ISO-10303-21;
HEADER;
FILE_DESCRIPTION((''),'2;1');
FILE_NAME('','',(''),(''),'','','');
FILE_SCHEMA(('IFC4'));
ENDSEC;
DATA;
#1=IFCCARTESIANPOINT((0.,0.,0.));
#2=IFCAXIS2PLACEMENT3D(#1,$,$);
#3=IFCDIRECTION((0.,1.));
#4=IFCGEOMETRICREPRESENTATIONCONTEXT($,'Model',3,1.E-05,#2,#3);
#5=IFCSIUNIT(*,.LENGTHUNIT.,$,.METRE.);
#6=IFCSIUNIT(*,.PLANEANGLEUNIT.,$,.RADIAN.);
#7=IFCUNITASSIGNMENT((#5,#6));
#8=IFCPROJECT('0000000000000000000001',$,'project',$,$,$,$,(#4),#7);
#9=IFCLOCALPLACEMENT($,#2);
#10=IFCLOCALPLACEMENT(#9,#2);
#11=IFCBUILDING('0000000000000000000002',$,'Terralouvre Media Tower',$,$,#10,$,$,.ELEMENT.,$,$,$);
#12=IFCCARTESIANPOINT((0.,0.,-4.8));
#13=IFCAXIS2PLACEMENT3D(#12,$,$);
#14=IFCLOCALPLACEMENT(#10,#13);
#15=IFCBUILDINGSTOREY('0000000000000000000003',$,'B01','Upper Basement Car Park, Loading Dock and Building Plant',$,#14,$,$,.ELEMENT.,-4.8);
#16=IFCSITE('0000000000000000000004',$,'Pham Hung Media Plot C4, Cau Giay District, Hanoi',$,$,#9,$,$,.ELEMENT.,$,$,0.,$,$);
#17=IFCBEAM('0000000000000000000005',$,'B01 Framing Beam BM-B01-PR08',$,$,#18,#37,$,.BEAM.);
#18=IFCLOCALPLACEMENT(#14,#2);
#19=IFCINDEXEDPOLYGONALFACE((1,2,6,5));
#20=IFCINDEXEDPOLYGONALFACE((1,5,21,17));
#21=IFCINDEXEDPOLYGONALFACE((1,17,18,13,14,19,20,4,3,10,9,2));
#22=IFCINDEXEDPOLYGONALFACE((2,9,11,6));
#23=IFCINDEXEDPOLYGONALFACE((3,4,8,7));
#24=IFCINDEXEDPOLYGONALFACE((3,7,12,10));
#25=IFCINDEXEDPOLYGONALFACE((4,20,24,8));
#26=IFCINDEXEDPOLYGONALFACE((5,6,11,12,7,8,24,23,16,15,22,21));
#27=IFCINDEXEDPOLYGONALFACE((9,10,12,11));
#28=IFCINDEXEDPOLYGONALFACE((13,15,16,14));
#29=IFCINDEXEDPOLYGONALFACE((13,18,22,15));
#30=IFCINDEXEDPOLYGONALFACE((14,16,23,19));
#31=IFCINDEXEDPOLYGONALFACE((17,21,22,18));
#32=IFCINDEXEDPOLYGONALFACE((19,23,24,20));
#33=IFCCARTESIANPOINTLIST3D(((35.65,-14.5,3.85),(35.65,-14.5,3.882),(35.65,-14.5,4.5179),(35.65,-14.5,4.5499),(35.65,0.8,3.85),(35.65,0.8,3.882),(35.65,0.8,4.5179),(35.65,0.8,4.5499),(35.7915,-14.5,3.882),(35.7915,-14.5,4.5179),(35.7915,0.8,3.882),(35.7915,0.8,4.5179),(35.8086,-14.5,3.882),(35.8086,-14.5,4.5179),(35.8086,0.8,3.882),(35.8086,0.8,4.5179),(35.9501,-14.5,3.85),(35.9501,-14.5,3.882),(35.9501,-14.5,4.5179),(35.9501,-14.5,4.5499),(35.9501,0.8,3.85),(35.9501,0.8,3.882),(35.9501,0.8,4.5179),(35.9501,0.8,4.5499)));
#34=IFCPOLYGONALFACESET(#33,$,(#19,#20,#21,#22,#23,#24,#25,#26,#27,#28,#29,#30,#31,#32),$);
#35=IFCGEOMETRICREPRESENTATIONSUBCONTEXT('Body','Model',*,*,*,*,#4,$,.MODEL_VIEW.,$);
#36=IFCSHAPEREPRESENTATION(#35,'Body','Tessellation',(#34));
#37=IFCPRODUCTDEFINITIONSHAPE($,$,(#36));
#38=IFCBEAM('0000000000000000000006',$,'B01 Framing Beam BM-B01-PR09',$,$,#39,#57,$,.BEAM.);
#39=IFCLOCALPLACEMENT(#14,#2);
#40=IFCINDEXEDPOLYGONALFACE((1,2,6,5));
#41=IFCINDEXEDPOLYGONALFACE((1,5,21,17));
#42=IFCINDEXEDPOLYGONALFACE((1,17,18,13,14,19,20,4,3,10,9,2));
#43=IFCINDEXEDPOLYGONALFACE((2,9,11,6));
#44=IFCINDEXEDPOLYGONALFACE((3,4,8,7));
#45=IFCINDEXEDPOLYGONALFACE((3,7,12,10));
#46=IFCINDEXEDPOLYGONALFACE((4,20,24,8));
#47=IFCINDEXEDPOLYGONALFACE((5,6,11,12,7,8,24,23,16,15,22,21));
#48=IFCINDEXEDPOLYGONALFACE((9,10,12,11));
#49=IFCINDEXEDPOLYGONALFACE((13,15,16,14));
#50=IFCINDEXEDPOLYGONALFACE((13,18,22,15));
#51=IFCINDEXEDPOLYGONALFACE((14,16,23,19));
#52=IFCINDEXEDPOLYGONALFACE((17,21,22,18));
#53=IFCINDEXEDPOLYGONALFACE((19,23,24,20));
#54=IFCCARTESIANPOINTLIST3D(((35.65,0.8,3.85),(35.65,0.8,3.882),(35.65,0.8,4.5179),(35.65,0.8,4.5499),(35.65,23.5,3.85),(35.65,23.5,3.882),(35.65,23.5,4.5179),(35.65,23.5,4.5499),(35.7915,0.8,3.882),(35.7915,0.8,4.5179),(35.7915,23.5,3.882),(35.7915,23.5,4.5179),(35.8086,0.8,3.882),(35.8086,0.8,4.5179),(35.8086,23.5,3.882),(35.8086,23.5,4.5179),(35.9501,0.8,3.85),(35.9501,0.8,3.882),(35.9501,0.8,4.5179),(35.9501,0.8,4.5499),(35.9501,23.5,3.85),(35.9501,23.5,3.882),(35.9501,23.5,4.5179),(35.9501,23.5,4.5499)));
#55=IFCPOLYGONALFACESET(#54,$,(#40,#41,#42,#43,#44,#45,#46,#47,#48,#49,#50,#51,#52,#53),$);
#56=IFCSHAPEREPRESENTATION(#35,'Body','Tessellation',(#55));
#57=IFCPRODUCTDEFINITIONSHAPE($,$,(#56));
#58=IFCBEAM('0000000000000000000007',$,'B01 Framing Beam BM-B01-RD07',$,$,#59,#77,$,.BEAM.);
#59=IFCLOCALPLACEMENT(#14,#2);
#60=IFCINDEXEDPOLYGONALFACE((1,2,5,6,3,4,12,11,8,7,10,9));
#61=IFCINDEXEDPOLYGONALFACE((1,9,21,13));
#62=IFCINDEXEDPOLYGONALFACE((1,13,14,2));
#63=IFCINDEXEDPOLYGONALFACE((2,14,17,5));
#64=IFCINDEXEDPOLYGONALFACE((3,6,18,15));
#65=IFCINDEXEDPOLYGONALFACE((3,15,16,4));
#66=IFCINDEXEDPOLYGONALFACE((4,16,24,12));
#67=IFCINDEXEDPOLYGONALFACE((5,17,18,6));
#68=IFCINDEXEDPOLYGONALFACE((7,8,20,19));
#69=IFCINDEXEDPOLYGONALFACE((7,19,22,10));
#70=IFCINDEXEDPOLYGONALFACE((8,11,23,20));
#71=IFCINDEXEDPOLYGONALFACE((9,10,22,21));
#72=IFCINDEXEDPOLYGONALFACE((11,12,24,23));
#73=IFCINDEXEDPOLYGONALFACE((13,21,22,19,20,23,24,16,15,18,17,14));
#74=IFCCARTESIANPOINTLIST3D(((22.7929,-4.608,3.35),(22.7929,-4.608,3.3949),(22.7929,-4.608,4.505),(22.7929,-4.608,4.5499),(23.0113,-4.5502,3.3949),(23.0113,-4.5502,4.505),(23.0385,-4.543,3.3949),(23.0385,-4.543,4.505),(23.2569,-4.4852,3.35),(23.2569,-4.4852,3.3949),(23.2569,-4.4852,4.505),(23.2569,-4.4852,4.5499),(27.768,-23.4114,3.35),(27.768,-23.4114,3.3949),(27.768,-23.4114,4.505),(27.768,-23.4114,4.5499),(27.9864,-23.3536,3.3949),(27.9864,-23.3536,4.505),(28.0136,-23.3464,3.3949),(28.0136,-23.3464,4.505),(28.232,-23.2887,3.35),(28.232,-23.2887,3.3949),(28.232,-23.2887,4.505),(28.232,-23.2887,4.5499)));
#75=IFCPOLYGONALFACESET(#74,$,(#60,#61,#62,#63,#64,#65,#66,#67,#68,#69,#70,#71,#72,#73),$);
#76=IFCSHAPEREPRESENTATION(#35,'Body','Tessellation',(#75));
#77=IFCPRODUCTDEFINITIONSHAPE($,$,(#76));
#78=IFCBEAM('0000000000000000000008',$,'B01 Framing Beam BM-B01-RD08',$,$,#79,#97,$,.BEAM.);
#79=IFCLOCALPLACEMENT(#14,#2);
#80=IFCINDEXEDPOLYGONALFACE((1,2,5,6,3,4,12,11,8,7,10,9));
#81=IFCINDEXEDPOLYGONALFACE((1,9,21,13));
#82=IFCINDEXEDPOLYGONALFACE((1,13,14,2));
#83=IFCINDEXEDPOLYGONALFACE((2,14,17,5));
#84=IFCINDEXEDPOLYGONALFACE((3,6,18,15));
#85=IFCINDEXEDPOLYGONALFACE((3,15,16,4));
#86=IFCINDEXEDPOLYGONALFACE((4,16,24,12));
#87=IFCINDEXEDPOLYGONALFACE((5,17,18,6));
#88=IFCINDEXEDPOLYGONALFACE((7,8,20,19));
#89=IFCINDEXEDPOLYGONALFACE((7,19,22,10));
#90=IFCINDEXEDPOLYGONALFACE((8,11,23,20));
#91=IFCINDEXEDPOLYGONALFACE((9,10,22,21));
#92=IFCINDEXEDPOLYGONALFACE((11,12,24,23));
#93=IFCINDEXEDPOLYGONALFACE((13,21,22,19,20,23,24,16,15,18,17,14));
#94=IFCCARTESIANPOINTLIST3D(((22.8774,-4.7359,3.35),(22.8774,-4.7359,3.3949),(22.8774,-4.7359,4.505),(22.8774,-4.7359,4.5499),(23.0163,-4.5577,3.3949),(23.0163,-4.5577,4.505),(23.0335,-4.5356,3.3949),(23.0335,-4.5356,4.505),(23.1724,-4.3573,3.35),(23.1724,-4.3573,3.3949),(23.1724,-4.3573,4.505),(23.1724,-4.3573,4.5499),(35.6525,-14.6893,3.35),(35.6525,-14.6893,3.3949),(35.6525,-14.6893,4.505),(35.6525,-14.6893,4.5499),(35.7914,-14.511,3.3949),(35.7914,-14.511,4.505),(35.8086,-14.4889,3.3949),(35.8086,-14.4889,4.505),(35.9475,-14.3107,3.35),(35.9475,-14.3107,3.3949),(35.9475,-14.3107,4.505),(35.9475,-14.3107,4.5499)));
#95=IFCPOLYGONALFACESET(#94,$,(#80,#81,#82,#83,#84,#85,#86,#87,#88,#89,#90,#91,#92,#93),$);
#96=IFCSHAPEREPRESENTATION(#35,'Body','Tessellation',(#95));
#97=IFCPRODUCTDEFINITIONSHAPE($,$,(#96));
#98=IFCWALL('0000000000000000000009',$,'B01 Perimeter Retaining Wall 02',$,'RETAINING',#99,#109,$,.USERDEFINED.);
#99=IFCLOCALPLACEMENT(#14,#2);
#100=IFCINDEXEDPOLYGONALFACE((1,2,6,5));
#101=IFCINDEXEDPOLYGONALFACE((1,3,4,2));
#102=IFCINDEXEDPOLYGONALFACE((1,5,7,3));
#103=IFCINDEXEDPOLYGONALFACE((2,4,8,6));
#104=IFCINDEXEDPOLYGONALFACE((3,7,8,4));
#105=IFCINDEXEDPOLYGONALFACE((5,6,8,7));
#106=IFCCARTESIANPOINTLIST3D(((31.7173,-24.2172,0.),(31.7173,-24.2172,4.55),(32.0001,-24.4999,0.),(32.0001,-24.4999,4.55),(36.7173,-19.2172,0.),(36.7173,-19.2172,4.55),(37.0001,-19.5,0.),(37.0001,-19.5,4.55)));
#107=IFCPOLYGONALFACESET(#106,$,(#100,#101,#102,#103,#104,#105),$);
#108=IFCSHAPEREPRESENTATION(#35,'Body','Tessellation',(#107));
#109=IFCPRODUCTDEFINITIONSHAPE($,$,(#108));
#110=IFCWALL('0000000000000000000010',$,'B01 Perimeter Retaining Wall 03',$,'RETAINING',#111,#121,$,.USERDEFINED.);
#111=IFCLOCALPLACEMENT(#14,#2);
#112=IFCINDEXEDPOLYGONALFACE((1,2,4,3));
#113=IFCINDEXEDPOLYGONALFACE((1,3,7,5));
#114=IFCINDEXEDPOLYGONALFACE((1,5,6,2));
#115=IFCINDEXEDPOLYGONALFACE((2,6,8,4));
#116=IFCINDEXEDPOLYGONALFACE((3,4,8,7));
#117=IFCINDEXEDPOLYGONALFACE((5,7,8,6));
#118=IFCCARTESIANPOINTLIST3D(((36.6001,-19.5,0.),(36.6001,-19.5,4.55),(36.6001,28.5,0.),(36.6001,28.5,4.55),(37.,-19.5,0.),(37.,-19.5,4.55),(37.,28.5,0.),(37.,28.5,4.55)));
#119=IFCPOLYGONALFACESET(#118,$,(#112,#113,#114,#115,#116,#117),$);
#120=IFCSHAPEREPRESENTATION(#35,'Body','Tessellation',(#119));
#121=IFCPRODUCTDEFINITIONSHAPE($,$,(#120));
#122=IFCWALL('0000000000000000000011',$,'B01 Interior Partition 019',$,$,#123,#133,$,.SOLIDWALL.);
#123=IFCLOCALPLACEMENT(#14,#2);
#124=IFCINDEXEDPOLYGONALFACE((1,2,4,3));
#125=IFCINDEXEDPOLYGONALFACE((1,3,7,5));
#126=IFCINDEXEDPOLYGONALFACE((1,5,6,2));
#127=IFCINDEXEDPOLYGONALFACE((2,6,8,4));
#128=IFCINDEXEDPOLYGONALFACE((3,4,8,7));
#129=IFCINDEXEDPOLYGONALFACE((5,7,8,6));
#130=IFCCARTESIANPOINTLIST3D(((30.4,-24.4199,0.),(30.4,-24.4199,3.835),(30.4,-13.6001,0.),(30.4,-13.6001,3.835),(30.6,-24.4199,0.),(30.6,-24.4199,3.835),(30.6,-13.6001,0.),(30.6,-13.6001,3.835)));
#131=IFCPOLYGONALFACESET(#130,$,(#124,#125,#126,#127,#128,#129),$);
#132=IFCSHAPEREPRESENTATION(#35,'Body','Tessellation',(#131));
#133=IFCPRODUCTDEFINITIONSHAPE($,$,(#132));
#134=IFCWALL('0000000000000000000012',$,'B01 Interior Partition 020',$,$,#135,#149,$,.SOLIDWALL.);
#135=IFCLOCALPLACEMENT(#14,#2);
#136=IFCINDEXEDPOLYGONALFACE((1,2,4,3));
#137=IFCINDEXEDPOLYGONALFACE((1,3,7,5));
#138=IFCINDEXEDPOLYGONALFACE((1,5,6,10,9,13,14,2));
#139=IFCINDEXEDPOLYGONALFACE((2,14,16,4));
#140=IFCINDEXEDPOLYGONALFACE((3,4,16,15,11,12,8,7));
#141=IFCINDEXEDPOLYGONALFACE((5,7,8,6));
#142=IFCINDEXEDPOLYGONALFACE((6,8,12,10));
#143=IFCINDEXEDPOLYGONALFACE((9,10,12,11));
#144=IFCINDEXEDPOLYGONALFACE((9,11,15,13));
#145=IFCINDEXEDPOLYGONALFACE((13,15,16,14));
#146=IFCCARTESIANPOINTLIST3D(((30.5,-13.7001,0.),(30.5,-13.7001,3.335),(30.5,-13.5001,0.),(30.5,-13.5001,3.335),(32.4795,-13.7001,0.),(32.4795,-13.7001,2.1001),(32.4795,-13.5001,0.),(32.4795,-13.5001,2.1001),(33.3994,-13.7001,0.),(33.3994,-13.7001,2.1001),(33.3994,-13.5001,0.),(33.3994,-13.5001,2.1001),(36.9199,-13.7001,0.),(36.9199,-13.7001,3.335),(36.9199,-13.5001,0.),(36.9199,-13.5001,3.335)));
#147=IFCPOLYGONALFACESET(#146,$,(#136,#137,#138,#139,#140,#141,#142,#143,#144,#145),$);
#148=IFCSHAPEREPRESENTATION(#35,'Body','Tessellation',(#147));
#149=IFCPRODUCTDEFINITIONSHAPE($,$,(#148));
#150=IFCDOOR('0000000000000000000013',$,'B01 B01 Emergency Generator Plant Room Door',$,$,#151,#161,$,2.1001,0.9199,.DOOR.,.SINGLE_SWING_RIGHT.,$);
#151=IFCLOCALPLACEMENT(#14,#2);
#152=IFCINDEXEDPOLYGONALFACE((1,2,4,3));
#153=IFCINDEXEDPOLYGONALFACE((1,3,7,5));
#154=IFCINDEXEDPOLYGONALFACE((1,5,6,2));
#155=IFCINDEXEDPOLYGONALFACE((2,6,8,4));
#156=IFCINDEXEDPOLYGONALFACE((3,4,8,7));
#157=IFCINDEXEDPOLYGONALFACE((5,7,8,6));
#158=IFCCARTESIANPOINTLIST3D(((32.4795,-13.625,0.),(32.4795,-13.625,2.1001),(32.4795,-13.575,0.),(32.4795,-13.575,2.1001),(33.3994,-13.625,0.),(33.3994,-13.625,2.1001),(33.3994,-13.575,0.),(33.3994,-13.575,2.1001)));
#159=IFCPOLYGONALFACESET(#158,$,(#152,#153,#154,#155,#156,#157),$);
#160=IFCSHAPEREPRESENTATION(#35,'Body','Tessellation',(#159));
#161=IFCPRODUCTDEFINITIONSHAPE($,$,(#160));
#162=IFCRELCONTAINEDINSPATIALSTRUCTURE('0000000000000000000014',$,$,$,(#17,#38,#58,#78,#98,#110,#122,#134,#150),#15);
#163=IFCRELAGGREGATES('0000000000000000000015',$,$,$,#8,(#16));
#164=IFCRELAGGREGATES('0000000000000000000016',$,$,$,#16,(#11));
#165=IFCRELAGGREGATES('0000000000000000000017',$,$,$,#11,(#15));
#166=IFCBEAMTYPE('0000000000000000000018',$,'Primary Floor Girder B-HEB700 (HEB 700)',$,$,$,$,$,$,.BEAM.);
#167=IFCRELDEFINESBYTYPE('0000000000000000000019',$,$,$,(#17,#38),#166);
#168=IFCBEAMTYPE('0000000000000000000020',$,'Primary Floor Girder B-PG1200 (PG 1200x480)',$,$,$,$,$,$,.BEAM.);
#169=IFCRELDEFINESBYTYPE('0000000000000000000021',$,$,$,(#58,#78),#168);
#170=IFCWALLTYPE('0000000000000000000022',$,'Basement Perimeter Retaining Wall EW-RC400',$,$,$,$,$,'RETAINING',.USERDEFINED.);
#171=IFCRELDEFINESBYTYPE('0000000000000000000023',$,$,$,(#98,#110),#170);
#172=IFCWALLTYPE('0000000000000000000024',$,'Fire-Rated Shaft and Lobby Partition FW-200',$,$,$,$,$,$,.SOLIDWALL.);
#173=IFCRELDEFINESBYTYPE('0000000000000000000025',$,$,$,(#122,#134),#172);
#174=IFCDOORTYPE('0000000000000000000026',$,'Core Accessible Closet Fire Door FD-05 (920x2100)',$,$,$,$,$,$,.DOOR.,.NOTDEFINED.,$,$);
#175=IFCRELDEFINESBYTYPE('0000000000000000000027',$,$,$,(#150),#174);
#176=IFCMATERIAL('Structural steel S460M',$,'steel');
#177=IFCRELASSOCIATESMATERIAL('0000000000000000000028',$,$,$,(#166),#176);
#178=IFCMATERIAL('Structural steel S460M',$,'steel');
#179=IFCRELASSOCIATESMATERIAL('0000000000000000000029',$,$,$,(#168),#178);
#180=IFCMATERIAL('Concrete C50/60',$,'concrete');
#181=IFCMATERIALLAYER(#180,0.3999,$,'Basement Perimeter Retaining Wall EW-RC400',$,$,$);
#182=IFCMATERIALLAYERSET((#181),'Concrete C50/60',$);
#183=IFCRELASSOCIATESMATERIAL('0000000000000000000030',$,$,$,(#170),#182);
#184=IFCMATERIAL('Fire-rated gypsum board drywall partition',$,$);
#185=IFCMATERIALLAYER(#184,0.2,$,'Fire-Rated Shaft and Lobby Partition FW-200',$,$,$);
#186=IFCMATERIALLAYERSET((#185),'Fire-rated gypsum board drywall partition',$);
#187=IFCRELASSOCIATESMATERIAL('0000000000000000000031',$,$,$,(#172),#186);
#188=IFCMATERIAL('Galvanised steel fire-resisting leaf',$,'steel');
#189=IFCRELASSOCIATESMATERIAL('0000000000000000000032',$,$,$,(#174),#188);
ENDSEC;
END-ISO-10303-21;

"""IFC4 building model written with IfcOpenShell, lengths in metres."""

from ifc_helpers import new_model, si_unit, direction, frame, frame_2d, origin, origin_2d, place, context, subcontext, project, spatial, rectangle, i_section, extrude, material, layer, layer_set, material_profile, profile_set, type_object, element, fill, save


model = new_model("IFC4")

# Units and contexts
model_context = context("Model", 3, precision=1e-05, world=origin(), true_north=direction((0.0, 1.0)))
body_context = subcontext(model_context, "Body", "Model", "MODEL_VIEW")
ifc_project = project(units=[si_unit("LENGTHUNIT", "METRE"), si_unit("PLANEANGLEUNIT", "RADIAN")], contexts=[model_context])

# Site, building, storey
site_placement = place(None, origin())
site = spatial("IfcSite", under=ifc_project, at=site_placement, Name="Pham Hung Media Plot C4, Cau Giay District, Hanoi", CompositionType="ELEMENT", RefElevation=0.0)
building_placement = place(site_placement, origin())
building = spatial("IfcBuilding", under=site, at=building_placement, Name="Terralouvre Media Tower", CompositionType="ELEMENT")
storey_placement = place(building_placement, frame((0.0, 0.0, -4.8)))
storey = spatial("IfcBuildingStorey", under=building, at=storey_placement, Name="B01", Description="Upper Basement Car Park, Loading Dock and Building Plant", CompositionType="ELEMENT", Elevation=-4.8)

# Beams
ifc_material_1 = material(Name="Structural steel S460M", Category="steel")
ifc_material_profile_1 = material_profile(ifc_material_1, i_section(OverallWidth=0.3, OverallDepth=0.7, WebThickness=0.0171, FlangeThickness=0.032, at=origin_2d()), Name="HEB 700")
ifc_profile_set_1 = profile_set([ifc_material_profile_1], Name="Structural steel S460M")
beam_type_1 = type_object("IfcBeamType", Name="Primary Floor Girder B-HEB700 (HEB 700)", PredefinedType="BEAM", material=ifc_profile_set_1)
beam_1_placement = place(storey_placement, frame((35.8, -14.5, 4.2), z_axis=(0.0, 1.0, 0.0), x_axis=(-1.0, 0.0, 0.0)))
element("IfcBeam", 1, at=beam_1_placement, inside=storey, type_object=beam_type_1, Name="B01 Framing Beam BM-B01-PR08", PredefinedType="BEAM", context=body_context, shape_type="SweptSolid", body=[
    extrude(i_section(OverallWidth=0.3, OverallDepth=0.7, WebThickness=0.0171, FlangeThickness=0.032, at=origin_2d()), origin(), (0.0, 0.0, 1.0), 15.3),
])
beam_2_placement = place(storey_placement, frame((35.8, 0.8, 4.2), z_axis=(0.0, 1.0, 0.0), x_axis=(-1.0, 0.0, 0.0)))
element("IfcBeam", 2, at=beam_2_placement, inside=storey, type_object=beam_type_1, Name="B01 Framing Beam BM-B01-PR09", PredefinedType="BEAM", context=body_context, shape_type="SweptSolid", body=[
    extrude(i_section(OverallWidth=0.3, OverallDepth=0.7, WebThickness=0.0171, FlangeThickness=0.032, at=origin_2d()), origin(), (0.0, 0.0, 1.0), 22.7),
])
ifc_material_2 = material(Name="Structural steel S460M", Category="steel")
ifc_material_profile_2 = material_profile(ifc_material_2, i_section(OverallWidth=0.48, OverallDepth=1.2, WebThickness=0.0281, FlangeThickness=0.0449, at=origin_2d()), Name="PG 1200x480")
ifc_profile_set_2 = profile_set([ifc_material_profile_2], Name="Structural steel S460M")
beam_type_2 = type_object("IfcBeamType", Name="Primary Floor Girder B-PG1200 (PG 1200x480)", PredefinedType="BEAM", material=ifc_profile_set_2)
beam_3_placement = place(storey_placement, frame((23.0249, -4.5466, 3.95), z_axis=(0.255783, -0.966734, 0.0), x_axis=(0.966734, 0.255783, 0.0)))
element("IfcBeam", 3, at=beam_3_placement, inside=storey, type_object=beam_type_2, Name="B01 Framing Beam BM-B01-RD07", PredefinedType="BEAM", context=body_context, shape_type="SweptSolid", body=[
    extrude(i_section(OverallWidth=0.48, OverallDepth=1.2, WebThickness=0.0281, FlangeThickness=0.0449, at=origin_2d()), origin(), (0.0, 0.0, 1.0), 19.4504),
])
beam_4_placement = place(storey_placement, frame((23.0249, -4.5466, 3.95), z_axis=(0.788839, -0.6146, 0.0), x_axis=(0.6146, 0.788839, 0.0)))
element("IfcBeam", 4, at=beam_4_placement, inside=storey, type_object=beam_type_2, Name="B01 Framing Beam BM-B01-RD08", PredefinedType="BEAM", context=body_context, shape_type="SweptSolid", body=[
    extrude(i_section(OverallWidth=0.48, OverallDepth=1.2, WebThickness=0.0281, FlangeThickness=0.0449, at=origin_2d()), origin(), (0.0, 0.0, 1.0), 16.1948),
])

# Walls
ifc_material_3 = material(Name="Concrete C50/60", Category="concrete")
ifc_layer_1 = layer(ifc_material_3, 0.3999, Name="Basement Perimeter Retaining Wall EW-RC400")
ifc_layer_set_1 = layer_set([ifc_layer_1], Name="Concrete C50/60")
wall_type_1 = type_object("IfcWallType", Name="Basement Perimeter Retaining Wall EW-RC400", ElementType="RETAINING", PredefinedType="USERDEFINED", material=ifc_layer_set_1)
wall_1_placement = place(storey_placement, frame((31.8586, -24.3586, 0.0), z_axis=(0.0, 0.0, 1.0), x_axis=(0.707107, 0.707107, 0.0)))
element("IfcWall", 5, at=wall_1_placement, inside=storey, type_object=wall_type_1, Name="B01 Perimeter Retaining Wall 02", ObjectType="RETAINING", PredefinedType="USERDEFINED", context=body_context, shape_type="SweptSolid", body=[
    extrude(rectangle(XDim=7.071, YDim=0.3999, at=frame_2d((3.5356, 0.0))), origin(), (0.0, 0.0, 1.0), 4.55),
])
wall_2_placement = place(storey_placement, frame((36.8, -19.5, 0.0), z_axis=(0.0, 0.0, 1.0), x_axis=(0.0, 1.0, 0.0)))
element("IfcWall", 6, at=wall_2_placement, inside=storey, type_object=wall_type_1, Name="B01 Perimeter Retaining Wall 03", ObjectType="RETAINING", PredefinedType="USERDEFINED", context=body_context, shape_type="SweptSolid", body=[
    extrude(rectangle(XDim=48.0, YDim=0.3999, at=frame_2d((24.0, 0.0))), origin(), (0.0, 0.0, 1.0), 4.55),
])
ifc_material_4 = material(Name="Fire-rated gypsum board drywall partition")
ifc_layer_2 = layer(ifc_material_4, 0.2, Name="Fire-Rated Shaft and Lobby Partition FW-200")
ifc_layer_set_2 = layer_set([ifc_layer_2], Name="Fire-rated gypsum board drywall partition")
wall_type_2 = type_object("IfcWallType", Name="Fire-Rated Shaft and Lobby Partition FW-200", PredefinedType="SOLIDWALL", material=ifc_layer_set_2)
wall_3_placement = place(storey_placement, frame((30.5, -24.4199, 0.0), z_axis=(0.0, 0.0, 1.0), x_axis=(0.0, 1.0, 0.0)))
element("IfcWall", 7, at=wall_3_placement, inside=storey, type_object=wall_type_2, Name="B01 Interior Partition 019", PredefinedType="SOLIDWALL", context=body_context, shape_type="SweptSolid", body=[
    extrude(rectangle(XDim=10.8198, YDim=0.2, at=frame_2d((5.4099, 0.0))), origin(), (0.0, 0.0, 1.0), 3.835),
])

# Wall, opening, door
wall_4_placement = place(storey_placement, frame((36.9199, -13.6001, 0.0), z_axis=(0.0, 0.0, 1.0), x_axis=(-1.0, 0.0, 0.0)))
wall_4 = element("IfcWall", 8, at=wall_4_placement, inside=storey, type_object=wall_type_2, Name="B01 Interior Partition 020", PredefinedType="SOLIDWALL", context=body_context, shape_type="SweptSolid", body=[
    extrude(rectangle(XDim=6.4199, YDim=0.2, at=frame_2d((3.21, 0.0))), origin(), (0.0, 0.0, 1.0), 3.335),
])
opening_1_placement = place(wall_4_placement, frame((3.5205, 0.0, 0.0)))
opening_1 = element("IfcOpeningElement", 9, at=opening_1_placement, cuts=wall_4, PredefinedType="OPENING", context=body_context, shape_type="SweptSolid", body=[
    extrude(rectangle(XDim=0.9199, YDim=2.1001, at=frame_2d((0.46, 1.05))), frame((0.0, 0.1099, 0.0), z_axis=(0.0, -1.0, 0.0), x_axis=(1.0, 0.0, 0.0)), (0.0, 0.0, 1.0), 0.22),
])
ifc_material_5 = material(Name="Galvanised steel fire-resisting leaf", Category="steel")
door_type_1 = type_object("IfcDoorType", Name="Core Accessible Closet Fire Door FD-05 (920x2100)", OperationType="NOTDEFINED", PredefinedType="DOOR", material=ifc_material_5)
door_1_placement = place(opening_1_placement, origin())
door_1 = element("IfcDoor", 10, at=door_1_placement, inside=storey, type_object=door_type_1, Name="B01 B01 Emergency Generator Plant Room Door", OperationType="SINGLE_SWING_RIGHT", OverallHeight=2.1001, OverallWidth=0.9199, PredefinedType="DOOR", context=body_context, shape_type="SweptSolid", body=[
    extrude(rectangle(XDim=0.9199, YDim=2.1001, at=frame_2d((0.46, 1.05))), frame((0.0, 0.0249, 0.0), z_axis=(0.0, -1.0, 0.0), x_axis=(1.0, 0.0, 0.0)), (0.0, 0.0, 1.0), 0.05),
])
fill(opening_1, door_1)

save(model, "model.ifc")
